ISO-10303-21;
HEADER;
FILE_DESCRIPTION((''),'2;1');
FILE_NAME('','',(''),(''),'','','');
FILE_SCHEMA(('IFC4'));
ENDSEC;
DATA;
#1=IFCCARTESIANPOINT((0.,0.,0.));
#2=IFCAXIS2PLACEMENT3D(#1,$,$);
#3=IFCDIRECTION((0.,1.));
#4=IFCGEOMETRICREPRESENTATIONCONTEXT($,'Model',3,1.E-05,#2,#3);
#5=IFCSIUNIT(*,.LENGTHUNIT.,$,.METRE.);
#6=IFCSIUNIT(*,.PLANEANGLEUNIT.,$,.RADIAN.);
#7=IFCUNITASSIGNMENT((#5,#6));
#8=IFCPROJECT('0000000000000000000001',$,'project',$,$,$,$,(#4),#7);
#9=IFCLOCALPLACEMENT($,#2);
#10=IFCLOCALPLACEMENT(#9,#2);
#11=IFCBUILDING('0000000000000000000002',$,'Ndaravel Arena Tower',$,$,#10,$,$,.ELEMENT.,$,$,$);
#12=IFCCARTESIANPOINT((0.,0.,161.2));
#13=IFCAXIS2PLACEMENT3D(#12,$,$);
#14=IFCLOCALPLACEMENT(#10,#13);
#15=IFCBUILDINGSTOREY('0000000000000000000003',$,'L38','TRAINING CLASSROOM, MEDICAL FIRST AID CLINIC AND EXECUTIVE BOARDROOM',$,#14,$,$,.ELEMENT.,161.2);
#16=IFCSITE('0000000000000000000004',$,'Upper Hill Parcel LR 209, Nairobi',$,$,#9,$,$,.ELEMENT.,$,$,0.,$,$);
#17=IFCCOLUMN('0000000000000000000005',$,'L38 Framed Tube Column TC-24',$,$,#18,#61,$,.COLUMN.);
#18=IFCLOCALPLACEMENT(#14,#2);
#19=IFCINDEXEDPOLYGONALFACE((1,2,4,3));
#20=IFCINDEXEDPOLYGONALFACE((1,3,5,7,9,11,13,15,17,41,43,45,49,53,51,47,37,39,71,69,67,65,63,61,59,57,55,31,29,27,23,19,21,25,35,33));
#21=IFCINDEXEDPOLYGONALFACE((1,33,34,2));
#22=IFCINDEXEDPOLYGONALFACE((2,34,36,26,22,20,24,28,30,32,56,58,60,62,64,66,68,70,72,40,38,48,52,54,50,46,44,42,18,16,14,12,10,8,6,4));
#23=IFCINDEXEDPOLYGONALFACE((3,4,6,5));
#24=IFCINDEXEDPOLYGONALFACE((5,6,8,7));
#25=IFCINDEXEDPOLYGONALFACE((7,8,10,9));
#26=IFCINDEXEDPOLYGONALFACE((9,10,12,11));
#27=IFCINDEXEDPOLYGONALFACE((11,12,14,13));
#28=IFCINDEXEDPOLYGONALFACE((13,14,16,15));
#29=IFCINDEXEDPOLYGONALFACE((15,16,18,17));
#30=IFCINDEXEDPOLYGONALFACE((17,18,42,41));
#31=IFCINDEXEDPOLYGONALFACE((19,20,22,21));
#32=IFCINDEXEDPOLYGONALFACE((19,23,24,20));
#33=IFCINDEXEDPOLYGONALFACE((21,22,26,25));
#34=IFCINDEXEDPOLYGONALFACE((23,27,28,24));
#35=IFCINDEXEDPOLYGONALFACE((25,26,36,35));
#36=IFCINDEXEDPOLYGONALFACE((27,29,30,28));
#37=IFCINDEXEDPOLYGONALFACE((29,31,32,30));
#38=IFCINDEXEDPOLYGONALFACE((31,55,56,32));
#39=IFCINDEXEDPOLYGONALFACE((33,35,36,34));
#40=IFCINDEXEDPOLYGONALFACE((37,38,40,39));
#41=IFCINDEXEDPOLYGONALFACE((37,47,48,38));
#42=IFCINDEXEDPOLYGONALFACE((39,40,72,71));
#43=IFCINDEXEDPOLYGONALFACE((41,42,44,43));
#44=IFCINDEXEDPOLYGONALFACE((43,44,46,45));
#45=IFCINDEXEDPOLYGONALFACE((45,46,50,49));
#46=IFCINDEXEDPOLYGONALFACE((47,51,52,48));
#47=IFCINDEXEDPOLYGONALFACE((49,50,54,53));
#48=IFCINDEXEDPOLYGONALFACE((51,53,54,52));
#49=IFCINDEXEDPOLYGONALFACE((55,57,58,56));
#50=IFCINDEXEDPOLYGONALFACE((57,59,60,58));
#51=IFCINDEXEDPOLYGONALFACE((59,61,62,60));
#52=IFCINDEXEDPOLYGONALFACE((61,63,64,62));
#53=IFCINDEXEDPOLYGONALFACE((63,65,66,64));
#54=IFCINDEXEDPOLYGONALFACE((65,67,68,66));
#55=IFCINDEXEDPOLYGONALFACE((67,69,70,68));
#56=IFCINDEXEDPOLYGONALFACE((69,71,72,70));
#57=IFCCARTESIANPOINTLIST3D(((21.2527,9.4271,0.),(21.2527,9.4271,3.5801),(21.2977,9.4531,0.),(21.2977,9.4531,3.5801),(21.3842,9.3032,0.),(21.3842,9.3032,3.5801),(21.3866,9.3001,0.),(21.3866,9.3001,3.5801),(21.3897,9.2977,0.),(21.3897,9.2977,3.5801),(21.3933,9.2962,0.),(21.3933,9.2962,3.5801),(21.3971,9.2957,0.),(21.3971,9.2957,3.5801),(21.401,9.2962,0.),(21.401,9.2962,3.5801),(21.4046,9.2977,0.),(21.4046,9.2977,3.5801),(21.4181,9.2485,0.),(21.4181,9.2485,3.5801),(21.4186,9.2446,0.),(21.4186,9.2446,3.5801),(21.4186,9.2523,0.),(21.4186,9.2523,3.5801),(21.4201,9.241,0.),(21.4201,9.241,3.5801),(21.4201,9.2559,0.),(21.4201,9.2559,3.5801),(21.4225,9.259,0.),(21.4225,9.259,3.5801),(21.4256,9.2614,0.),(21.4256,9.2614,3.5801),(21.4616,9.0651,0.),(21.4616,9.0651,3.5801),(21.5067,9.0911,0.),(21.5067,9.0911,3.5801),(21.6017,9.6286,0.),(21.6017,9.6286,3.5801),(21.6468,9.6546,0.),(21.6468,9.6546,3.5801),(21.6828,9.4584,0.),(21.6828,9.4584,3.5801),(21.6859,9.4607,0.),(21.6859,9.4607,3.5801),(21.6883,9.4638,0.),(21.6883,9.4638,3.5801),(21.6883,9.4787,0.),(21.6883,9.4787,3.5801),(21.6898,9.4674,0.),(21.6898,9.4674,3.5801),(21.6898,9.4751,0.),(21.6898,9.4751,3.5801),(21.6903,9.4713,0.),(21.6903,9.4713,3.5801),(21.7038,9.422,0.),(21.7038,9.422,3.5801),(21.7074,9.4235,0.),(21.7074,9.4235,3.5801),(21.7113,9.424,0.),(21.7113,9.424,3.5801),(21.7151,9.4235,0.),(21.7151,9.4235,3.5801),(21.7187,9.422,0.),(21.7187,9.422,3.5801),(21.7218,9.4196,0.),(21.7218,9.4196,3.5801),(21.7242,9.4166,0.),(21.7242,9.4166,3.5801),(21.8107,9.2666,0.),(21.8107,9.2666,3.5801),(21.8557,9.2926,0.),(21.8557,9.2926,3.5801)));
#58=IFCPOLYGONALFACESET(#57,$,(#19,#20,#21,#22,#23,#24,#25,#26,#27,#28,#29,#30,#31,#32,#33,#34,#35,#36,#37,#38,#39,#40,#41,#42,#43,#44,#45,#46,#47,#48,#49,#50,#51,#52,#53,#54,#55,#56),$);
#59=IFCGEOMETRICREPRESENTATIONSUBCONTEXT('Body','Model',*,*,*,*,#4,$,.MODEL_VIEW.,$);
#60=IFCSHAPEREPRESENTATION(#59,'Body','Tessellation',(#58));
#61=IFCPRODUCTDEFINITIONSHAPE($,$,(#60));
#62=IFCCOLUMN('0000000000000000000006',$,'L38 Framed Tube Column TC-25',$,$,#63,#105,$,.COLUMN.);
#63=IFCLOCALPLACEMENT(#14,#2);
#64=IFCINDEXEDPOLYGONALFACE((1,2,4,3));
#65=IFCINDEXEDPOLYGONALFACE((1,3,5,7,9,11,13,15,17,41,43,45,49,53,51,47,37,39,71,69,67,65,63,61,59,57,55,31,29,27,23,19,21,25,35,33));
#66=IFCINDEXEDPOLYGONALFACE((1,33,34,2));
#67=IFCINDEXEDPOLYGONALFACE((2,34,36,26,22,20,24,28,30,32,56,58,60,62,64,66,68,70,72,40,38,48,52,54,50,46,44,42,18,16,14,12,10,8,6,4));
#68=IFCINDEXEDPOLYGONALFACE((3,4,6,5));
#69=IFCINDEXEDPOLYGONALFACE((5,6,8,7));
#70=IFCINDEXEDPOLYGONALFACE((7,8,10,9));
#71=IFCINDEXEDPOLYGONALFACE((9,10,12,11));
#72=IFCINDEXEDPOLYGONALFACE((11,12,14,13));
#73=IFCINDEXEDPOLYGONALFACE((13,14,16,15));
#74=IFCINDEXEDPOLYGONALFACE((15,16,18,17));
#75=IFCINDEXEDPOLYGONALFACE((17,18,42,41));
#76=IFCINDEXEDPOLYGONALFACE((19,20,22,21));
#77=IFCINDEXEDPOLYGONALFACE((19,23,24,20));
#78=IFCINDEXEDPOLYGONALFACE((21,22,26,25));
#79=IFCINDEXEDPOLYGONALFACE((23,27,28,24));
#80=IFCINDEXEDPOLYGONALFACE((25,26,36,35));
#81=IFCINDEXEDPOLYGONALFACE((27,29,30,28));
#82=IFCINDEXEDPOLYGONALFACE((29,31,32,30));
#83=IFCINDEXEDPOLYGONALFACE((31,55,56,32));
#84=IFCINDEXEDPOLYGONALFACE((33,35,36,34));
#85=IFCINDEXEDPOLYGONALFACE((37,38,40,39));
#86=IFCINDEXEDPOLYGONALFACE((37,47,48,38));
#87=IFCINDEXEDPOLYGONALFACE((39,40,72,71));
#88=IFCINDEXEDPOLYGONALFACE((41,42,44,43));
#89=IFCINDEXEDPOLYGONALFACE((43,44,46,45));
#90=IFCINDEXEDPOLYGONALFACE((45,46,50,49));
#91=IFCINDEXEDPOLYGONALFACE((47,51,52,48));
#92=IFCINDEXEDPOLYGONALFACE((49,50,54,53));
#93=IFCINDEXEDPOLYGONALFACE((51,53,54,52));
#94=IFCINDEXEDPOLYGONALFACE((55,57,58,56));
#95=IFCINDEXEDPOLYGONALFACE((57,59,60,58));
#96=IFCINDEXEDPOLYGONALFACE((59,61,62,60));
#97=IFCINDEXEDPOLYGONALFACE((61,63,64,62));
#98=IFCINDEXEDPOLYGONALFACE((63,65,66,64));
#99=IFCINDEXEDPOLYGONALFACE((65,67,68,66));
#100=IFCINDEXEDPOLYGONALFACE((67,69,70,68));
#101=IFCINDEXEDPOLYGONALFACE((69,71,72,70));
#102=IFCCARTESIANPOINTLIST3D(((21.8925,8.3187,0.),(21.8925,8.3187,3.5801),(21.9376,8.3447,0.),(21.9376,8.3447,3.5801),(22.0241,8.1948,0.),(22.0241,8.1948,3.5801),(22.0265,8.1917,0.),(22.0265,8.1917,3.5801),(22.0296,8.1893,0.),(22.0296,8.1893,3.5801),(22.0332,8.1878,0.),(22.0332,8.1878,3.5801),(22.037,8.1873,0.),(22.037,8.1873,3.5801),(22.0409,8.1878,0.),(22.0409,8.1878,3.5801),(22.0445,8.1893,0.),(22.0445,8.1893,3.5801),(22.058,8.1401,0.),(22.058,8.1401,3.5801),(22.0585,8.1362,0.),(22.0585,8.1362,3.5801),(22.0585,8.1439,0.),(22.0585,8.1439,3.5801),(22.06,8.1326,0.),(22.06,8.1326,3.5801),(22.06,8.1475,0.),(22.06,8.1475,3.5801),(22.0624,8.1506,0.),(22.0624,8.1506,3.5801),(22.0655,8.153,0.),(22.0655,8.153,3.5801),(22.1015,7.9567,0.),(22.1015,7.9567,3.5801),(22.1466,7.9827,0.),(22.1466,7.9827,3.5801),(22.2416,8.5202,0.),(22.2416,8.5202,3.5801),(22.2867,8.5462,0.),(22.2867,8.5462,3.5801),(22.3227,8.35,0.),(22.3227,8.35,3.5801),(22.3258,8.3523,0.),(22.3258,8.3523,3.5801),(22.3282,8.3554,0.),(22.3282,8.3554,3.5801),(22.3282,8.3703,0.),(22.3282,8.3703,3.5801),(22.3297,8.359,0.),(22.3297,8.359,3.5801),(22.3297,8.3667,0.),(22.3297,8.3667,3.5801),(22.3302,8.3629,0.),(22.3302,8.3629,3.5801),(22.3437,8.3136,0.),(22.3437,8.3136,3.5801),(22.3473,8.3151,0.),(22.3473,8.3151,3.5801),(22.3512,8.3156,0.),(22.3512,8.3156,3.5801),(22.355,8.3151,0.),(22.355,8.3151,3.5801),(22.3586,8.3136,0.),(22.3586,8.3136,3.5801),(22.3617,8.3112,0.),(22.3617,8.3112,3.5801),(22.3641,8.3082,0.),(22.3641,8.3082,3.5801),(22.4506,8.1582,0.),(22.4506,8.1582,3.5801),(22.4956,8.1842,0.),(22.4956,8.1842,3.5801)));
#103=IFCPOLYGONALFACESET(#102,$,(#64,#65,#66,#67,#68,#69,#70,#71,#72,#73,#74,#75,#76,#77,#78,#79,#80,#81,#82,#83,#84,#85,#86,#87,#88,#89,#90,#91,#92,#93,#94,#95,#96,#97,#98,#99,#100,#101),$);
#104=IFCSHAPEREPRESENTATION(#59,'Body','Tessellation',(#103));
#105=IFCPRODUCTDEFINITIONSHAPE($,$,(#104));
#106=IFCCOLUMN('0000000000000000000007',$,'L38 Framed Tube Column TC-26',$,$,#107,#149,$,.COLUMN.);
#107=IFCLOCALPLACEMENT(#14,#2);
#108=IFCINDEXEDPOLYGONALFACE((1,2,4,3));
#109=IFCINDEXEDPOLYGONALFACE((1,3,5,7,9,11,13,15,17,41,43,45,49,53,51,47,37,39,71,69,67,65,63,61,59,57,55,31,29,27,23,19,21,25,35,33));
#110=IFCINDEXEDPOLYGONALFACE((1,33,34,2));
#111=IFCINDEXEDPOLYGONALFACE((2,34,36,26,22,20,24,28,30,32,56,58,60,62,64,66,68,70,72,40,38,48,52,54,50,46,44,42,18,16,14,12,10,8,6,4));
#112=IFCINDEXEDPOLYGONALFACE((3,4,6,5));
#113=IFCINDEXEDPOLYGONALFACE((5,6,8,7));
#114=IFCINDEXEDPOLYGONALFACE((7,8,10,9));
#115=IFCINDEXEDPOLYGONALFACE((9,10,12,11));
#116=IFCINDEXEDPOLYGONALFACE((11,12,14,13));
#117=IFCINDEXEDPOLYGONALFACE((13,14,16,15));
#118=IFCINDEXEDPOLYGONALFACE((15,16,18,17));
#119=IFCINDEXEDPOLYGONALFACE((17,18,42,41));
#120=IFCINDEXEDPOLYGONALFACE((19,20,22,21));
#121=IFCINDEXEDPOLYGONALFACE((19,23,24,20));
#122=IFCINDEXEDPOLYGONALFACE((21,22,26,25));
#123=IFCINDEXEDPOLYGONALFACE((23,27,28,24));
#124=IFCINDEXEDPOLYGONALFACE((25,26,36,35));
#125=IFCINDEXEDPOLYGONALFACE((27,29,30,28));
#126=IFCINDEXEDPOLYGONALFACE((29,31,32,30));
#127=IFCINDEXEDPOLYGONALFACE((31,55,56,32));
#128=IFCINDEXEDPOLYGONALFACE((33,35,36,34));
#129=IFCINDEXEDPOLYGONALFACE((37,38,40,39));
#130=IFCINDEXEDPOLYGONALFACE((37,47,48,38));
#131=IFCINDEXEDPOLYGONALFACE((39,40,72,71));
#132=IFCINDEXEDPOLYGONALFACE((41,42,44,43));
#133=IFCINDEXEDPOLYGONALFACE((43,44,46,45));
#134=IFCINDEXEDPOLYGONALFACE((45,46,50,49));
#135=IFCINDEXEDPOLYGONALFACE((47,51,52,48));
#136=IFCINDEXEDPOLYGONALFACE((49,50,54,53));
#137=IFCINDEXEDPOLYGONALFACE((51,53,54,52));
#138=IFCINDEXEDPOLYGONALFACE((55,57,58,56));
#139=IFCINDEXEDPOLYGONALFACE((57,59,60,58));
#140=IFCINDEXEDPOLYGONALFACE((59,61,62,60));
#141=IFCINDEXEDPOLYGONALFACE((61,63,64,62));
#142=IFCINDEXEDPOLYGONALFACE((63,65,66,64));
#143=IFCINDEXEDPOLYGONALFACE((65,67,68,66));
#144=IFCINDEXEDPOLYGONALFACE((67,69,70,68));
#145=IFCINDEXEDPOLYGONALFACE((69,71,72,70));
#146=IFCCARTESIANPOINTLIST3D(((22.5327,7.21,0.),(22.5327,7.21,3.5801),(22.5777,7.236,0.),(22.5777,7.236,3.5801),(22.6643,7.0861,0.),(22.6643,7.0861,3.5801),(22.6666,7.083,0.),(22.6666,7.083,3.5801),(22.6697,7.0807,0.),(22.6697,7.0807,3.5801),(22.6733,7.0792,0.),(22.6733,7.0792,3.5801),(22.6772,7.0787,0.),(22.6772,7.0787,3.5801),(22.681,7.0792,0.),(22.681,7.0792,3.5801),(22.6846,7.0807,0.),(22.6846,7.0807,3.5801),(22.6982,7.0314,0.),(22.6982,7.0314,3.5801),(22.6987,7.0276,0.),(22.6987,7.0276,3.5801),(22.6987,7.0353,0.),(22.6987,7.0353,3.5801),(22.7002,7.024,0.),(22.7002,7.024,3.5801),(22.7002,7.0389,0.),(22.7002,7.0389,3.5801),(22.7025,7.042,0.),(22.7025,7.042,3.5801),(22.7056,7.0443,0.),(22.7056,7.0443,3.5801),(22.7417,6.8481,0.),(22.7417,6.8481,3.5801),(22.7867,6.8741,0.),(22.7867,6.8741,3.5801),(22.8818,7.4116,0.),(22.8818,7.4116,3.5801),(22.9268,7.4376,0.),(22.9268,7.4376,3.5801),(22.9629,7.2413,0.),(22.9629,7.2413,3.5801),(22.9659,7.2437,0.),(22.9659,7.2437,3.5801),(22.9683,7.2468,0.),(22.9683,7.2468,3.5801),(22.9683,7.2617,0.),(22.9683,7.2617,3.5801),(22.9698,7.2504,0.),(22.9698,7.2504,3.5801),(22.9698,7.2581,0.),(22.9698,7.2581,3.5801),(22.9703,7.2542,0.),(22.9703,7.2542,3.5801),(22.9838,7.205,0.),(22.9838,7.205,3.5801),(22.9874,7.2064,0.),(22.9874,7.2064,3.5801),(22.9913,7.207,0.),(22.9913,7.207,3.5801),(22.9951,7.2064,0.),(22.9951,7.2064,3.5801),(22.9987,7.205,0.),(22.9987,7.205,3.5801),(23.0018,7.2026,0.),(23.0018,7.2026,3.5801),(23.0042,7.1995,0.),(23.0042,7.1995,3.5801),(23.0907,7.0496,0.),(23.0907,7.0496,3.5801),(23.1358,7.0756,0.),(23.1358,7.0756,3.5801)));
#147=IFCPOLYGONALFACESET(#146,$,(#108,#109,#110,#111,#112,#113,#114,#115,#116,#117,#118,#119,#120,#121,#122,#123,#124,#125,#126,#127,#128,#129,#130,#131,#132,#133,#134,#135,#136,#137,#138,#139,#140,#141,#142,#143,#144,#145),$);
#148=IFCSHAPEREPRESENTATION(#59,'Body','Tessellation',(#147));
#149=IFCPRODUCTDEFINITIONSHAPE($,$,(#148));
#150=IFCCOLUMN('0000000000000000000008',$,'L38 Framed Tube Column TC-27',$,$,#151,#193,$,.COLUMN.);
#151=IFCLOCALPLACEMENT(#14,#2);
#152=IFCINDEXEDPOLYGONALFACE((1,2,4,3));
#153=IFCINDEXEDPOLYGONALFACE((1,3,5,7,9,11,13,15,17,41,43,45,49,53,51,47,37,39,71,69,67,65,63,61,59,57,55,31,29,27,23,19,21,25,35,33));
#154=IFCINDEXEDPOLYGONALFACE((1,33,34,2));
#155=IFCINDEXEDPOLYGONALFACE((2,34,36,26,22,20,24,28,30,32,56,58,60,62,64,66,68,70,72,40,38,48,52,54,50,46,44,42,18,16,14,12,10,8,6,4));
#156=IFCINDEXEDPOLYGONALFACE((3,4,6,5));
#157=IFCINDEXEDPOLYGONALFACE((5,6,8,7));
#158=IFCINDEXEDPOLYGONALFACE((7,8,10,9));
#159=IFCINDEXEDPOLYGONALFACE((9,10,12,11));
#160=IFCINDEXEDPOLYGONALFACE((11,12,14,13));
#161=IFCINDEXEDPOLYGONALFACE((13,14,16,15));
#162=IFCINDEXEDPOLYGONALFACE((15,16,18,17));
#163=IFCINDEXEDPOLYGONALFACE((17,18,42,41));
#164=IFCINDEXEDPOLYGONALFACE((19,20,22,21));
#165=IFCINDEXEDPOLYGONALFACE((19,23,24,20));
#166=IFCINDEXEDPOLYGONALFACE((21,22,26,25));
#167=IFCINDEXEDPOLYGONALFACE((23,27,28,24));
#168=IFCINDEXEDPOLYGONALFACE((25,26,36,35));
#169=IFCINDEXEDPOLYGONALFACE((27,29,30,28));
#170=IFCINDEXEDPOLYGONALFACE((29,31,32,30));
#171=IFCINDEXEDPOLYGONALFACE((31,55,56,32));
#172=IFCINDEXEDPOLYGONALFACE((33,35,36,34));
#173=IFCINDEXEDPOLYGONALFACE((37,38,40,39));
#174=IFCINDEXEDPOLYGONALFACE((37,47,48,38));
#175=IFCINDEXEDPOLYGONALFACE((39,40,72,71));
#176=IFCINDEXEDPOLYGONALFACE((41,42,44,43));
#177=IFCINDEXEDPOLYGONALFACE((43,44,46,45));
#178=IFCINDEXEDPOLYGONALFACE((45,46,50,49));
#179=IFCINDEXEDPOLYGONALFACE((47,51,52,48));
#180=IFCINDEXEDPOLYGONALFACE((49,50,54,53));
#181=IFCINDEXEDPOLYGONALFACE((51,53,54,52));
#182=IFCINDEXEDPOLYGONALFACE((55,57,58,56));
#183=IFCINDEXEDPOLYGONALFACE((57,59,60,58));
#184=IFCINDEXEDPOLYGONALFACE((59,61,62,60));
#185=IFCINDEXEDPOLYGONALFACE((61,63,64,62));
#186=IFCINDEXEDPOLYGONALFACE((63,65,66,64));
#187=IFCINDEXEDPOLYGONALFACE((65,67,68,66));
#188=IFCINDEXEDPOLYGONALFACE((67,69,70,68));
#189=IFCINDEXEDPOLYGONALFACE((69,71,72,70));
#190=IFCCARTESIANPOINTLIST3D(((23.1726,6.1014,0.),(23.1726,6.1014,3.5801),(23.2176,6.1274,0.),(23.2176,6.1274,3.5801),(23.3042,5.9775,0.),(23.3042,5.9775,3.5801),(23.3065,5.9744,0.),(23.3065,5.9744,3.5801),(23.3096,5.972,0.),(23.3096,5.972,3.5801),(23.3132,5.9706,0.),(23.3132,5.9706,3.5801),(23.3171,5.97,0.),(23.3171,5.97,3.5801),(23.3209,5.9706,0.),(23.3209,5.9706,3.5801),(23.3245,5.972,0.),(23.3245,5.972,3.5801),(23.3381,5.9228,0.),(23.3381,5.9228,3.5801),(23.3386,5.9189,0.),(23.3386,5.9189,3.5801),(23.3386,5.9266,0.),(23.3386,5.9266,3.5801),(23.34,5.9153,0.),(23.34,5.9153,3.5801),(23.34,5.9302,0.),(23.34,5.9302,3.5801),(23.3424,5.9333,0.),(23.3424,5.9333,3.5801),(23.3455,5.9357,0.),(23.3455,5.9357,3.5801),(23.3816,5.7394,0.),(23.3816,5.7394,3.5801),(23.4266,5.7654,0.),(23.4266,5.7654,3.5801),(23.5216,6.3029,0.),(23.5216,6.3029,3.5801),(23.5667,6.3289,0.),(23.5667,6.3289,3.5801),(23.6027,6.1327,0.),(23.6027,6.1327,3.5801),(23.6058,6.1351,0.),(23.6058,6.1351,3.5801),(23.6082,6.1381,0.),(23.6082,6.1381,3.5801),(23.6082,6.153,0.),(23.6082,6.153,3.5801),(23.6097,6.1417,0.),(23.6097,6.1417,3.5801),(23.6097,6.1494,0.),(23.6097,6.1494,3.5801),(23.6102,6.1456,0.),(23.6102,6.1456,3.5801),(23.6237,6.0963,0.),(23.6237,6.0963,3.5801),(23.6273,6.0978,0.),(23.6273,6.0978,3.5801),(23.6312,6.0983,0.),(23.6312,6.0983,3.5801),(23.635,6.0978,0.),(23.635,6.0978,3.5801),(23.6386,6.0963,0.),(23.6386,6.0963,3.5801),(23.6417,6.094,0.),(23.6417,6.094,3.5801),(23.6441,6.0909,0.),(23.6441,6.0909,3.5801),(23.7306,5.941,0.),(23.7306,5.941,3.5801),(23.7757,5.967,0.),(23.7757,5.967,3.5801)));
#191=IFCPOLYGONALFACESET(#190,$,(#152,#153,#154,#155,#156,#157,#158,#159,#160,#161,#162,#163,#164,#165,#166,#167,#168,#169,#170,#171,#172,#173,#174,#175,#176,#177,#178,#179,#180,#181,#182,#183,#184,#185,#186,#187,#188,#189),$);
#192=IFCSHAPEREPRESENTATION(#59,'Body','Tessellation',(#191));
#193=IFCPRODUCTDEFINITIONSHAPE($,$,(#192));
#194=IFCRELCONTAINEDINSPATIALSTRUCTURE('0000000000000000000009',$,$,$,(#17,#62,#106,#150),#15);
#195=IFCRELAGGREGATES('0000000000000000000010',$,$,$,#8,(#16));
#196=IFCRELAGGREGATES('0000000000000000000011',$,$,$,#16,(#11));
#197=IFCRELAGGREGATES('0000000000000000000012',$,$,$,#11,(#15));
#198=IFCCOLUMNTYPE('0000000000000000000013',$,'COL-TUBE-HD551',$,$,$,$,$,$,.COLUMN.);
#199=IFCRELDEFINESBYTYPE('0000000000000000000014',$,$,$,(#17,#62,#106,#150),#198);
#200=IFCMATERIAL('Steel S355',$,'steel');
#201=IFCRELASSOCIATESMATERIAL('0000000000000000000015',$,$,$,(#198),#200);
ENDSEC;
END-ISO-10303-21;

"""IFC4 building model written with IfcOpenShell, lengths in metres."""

from ifc_helpers import new_model, si_unit, direction, frame, origin, origin_2d, place, context, subcontext, project, spatial, i_section, extrude, material, material_profile, profile_set, type_object, element, save


model = new_model("IFC4")

# Units and contexts
model_context = context("Model", 3, precision=1e-05, world=origin(), true_north=direction((0.0, 1.0)))
body_context = subcontext(model_context, "Body", "Model", "MODEL_VIEW")
ifc_project = project(units=[si_unit("LENGTHUNIT", "METRE"), si_unit("PLANEANGLEUNIT", "RADIAN")], contexts=[model_context])

# Site, building, storey
site_placement = place(None, origin())
site = spatial("IfcSite", under=ifc_project, at=site_placement, Name="Upper Hill Parcel LR 209, Nairobi", CompositionType="ELEMENT", RefElevation=0.0)
building_placement = place(site_placement, origin())
building = spatial("IfcBuilding", under=site, at=building_placement, Name="Ndaravel Arena Tower", CompositionType="ELEMENT")
storey_placement = place(building_placement, frame((0.0, 0.0, 161.2)))
storey = spatial("IfcBuildingStorey", under=building, at=storey_placement, Name="L38", Description="TRAINING CLASSROOM, MEDICAL FIRST AID CLINIC AND EXECUTIVE BOARDROOM", CompositionType="ELEMENT", Elevation=161.2)

# Columns
ifc_material_1 = material(Name="Steel S355", Category="steel")
ifc_material_profile_1 = material_profile(ifc_material_1, i_section(OverallWidth=0.418, OverallDepth=0.4551, WebThickness=0.042, FlangeThickness=0.052, FilletRadius=0.0149, at=origin_2d()), Name="HD 400x551")
ifc_profile_set_1 = profile_set([ifc_material_profile_1], Name="Steel S355")
column_type = type_object("IfcColumnType", Name="COL-TUBE-HD551", PredefinedType="COLUMN", material=ifc_profile_set_1)
for number, where, z_axis, x_axis, name in (
    (1, (21.5542, 9.3599, 0.0), (0.0, 0.0, 1.0), (-0.5, 0.866025, 0.0), "L38 Framed Tube Column TC-24"),
    (2, (22.1941, 8.2515, 0.0), (0.0, 0.0, 1.0), (-0.5, 0.866025, 0.0), "L38 Framed Tube Column TC-25"),
    (3, (22.8342, 7.1428, 0.0), (0.0, 0.0, 1.0), (-0.5, 0.866025, 0.0), "L38 Framed Tube Column TC-26"),
    (4, (23.4741, 6.0342, 0.0), (0.0, 0.0, 1.0), (-0.5, 0.866025, 0.0), "L38 Framed Tube Column TC-27"),
):
    element("IfcColumn", number, at=place(storey_placement, frame(where, z_axis=z_axis, x_axis=x_axis)), inside=storey, type_object=column_type, Name=name, PredefinedType="COLUMN", context=body_context, shape_type="SweptSolid", body=[
        extrude(i_section(OverallWidth=0.418, OverallDepth=0.4551, WebThickness=0.042, FlangeThickness=0.052, FilletRadius=0.0149, at=origin_2d()), origin(), (0.0, 0.0, 1.0), 3.5801),
    ])

save(model, "model.ifc")
